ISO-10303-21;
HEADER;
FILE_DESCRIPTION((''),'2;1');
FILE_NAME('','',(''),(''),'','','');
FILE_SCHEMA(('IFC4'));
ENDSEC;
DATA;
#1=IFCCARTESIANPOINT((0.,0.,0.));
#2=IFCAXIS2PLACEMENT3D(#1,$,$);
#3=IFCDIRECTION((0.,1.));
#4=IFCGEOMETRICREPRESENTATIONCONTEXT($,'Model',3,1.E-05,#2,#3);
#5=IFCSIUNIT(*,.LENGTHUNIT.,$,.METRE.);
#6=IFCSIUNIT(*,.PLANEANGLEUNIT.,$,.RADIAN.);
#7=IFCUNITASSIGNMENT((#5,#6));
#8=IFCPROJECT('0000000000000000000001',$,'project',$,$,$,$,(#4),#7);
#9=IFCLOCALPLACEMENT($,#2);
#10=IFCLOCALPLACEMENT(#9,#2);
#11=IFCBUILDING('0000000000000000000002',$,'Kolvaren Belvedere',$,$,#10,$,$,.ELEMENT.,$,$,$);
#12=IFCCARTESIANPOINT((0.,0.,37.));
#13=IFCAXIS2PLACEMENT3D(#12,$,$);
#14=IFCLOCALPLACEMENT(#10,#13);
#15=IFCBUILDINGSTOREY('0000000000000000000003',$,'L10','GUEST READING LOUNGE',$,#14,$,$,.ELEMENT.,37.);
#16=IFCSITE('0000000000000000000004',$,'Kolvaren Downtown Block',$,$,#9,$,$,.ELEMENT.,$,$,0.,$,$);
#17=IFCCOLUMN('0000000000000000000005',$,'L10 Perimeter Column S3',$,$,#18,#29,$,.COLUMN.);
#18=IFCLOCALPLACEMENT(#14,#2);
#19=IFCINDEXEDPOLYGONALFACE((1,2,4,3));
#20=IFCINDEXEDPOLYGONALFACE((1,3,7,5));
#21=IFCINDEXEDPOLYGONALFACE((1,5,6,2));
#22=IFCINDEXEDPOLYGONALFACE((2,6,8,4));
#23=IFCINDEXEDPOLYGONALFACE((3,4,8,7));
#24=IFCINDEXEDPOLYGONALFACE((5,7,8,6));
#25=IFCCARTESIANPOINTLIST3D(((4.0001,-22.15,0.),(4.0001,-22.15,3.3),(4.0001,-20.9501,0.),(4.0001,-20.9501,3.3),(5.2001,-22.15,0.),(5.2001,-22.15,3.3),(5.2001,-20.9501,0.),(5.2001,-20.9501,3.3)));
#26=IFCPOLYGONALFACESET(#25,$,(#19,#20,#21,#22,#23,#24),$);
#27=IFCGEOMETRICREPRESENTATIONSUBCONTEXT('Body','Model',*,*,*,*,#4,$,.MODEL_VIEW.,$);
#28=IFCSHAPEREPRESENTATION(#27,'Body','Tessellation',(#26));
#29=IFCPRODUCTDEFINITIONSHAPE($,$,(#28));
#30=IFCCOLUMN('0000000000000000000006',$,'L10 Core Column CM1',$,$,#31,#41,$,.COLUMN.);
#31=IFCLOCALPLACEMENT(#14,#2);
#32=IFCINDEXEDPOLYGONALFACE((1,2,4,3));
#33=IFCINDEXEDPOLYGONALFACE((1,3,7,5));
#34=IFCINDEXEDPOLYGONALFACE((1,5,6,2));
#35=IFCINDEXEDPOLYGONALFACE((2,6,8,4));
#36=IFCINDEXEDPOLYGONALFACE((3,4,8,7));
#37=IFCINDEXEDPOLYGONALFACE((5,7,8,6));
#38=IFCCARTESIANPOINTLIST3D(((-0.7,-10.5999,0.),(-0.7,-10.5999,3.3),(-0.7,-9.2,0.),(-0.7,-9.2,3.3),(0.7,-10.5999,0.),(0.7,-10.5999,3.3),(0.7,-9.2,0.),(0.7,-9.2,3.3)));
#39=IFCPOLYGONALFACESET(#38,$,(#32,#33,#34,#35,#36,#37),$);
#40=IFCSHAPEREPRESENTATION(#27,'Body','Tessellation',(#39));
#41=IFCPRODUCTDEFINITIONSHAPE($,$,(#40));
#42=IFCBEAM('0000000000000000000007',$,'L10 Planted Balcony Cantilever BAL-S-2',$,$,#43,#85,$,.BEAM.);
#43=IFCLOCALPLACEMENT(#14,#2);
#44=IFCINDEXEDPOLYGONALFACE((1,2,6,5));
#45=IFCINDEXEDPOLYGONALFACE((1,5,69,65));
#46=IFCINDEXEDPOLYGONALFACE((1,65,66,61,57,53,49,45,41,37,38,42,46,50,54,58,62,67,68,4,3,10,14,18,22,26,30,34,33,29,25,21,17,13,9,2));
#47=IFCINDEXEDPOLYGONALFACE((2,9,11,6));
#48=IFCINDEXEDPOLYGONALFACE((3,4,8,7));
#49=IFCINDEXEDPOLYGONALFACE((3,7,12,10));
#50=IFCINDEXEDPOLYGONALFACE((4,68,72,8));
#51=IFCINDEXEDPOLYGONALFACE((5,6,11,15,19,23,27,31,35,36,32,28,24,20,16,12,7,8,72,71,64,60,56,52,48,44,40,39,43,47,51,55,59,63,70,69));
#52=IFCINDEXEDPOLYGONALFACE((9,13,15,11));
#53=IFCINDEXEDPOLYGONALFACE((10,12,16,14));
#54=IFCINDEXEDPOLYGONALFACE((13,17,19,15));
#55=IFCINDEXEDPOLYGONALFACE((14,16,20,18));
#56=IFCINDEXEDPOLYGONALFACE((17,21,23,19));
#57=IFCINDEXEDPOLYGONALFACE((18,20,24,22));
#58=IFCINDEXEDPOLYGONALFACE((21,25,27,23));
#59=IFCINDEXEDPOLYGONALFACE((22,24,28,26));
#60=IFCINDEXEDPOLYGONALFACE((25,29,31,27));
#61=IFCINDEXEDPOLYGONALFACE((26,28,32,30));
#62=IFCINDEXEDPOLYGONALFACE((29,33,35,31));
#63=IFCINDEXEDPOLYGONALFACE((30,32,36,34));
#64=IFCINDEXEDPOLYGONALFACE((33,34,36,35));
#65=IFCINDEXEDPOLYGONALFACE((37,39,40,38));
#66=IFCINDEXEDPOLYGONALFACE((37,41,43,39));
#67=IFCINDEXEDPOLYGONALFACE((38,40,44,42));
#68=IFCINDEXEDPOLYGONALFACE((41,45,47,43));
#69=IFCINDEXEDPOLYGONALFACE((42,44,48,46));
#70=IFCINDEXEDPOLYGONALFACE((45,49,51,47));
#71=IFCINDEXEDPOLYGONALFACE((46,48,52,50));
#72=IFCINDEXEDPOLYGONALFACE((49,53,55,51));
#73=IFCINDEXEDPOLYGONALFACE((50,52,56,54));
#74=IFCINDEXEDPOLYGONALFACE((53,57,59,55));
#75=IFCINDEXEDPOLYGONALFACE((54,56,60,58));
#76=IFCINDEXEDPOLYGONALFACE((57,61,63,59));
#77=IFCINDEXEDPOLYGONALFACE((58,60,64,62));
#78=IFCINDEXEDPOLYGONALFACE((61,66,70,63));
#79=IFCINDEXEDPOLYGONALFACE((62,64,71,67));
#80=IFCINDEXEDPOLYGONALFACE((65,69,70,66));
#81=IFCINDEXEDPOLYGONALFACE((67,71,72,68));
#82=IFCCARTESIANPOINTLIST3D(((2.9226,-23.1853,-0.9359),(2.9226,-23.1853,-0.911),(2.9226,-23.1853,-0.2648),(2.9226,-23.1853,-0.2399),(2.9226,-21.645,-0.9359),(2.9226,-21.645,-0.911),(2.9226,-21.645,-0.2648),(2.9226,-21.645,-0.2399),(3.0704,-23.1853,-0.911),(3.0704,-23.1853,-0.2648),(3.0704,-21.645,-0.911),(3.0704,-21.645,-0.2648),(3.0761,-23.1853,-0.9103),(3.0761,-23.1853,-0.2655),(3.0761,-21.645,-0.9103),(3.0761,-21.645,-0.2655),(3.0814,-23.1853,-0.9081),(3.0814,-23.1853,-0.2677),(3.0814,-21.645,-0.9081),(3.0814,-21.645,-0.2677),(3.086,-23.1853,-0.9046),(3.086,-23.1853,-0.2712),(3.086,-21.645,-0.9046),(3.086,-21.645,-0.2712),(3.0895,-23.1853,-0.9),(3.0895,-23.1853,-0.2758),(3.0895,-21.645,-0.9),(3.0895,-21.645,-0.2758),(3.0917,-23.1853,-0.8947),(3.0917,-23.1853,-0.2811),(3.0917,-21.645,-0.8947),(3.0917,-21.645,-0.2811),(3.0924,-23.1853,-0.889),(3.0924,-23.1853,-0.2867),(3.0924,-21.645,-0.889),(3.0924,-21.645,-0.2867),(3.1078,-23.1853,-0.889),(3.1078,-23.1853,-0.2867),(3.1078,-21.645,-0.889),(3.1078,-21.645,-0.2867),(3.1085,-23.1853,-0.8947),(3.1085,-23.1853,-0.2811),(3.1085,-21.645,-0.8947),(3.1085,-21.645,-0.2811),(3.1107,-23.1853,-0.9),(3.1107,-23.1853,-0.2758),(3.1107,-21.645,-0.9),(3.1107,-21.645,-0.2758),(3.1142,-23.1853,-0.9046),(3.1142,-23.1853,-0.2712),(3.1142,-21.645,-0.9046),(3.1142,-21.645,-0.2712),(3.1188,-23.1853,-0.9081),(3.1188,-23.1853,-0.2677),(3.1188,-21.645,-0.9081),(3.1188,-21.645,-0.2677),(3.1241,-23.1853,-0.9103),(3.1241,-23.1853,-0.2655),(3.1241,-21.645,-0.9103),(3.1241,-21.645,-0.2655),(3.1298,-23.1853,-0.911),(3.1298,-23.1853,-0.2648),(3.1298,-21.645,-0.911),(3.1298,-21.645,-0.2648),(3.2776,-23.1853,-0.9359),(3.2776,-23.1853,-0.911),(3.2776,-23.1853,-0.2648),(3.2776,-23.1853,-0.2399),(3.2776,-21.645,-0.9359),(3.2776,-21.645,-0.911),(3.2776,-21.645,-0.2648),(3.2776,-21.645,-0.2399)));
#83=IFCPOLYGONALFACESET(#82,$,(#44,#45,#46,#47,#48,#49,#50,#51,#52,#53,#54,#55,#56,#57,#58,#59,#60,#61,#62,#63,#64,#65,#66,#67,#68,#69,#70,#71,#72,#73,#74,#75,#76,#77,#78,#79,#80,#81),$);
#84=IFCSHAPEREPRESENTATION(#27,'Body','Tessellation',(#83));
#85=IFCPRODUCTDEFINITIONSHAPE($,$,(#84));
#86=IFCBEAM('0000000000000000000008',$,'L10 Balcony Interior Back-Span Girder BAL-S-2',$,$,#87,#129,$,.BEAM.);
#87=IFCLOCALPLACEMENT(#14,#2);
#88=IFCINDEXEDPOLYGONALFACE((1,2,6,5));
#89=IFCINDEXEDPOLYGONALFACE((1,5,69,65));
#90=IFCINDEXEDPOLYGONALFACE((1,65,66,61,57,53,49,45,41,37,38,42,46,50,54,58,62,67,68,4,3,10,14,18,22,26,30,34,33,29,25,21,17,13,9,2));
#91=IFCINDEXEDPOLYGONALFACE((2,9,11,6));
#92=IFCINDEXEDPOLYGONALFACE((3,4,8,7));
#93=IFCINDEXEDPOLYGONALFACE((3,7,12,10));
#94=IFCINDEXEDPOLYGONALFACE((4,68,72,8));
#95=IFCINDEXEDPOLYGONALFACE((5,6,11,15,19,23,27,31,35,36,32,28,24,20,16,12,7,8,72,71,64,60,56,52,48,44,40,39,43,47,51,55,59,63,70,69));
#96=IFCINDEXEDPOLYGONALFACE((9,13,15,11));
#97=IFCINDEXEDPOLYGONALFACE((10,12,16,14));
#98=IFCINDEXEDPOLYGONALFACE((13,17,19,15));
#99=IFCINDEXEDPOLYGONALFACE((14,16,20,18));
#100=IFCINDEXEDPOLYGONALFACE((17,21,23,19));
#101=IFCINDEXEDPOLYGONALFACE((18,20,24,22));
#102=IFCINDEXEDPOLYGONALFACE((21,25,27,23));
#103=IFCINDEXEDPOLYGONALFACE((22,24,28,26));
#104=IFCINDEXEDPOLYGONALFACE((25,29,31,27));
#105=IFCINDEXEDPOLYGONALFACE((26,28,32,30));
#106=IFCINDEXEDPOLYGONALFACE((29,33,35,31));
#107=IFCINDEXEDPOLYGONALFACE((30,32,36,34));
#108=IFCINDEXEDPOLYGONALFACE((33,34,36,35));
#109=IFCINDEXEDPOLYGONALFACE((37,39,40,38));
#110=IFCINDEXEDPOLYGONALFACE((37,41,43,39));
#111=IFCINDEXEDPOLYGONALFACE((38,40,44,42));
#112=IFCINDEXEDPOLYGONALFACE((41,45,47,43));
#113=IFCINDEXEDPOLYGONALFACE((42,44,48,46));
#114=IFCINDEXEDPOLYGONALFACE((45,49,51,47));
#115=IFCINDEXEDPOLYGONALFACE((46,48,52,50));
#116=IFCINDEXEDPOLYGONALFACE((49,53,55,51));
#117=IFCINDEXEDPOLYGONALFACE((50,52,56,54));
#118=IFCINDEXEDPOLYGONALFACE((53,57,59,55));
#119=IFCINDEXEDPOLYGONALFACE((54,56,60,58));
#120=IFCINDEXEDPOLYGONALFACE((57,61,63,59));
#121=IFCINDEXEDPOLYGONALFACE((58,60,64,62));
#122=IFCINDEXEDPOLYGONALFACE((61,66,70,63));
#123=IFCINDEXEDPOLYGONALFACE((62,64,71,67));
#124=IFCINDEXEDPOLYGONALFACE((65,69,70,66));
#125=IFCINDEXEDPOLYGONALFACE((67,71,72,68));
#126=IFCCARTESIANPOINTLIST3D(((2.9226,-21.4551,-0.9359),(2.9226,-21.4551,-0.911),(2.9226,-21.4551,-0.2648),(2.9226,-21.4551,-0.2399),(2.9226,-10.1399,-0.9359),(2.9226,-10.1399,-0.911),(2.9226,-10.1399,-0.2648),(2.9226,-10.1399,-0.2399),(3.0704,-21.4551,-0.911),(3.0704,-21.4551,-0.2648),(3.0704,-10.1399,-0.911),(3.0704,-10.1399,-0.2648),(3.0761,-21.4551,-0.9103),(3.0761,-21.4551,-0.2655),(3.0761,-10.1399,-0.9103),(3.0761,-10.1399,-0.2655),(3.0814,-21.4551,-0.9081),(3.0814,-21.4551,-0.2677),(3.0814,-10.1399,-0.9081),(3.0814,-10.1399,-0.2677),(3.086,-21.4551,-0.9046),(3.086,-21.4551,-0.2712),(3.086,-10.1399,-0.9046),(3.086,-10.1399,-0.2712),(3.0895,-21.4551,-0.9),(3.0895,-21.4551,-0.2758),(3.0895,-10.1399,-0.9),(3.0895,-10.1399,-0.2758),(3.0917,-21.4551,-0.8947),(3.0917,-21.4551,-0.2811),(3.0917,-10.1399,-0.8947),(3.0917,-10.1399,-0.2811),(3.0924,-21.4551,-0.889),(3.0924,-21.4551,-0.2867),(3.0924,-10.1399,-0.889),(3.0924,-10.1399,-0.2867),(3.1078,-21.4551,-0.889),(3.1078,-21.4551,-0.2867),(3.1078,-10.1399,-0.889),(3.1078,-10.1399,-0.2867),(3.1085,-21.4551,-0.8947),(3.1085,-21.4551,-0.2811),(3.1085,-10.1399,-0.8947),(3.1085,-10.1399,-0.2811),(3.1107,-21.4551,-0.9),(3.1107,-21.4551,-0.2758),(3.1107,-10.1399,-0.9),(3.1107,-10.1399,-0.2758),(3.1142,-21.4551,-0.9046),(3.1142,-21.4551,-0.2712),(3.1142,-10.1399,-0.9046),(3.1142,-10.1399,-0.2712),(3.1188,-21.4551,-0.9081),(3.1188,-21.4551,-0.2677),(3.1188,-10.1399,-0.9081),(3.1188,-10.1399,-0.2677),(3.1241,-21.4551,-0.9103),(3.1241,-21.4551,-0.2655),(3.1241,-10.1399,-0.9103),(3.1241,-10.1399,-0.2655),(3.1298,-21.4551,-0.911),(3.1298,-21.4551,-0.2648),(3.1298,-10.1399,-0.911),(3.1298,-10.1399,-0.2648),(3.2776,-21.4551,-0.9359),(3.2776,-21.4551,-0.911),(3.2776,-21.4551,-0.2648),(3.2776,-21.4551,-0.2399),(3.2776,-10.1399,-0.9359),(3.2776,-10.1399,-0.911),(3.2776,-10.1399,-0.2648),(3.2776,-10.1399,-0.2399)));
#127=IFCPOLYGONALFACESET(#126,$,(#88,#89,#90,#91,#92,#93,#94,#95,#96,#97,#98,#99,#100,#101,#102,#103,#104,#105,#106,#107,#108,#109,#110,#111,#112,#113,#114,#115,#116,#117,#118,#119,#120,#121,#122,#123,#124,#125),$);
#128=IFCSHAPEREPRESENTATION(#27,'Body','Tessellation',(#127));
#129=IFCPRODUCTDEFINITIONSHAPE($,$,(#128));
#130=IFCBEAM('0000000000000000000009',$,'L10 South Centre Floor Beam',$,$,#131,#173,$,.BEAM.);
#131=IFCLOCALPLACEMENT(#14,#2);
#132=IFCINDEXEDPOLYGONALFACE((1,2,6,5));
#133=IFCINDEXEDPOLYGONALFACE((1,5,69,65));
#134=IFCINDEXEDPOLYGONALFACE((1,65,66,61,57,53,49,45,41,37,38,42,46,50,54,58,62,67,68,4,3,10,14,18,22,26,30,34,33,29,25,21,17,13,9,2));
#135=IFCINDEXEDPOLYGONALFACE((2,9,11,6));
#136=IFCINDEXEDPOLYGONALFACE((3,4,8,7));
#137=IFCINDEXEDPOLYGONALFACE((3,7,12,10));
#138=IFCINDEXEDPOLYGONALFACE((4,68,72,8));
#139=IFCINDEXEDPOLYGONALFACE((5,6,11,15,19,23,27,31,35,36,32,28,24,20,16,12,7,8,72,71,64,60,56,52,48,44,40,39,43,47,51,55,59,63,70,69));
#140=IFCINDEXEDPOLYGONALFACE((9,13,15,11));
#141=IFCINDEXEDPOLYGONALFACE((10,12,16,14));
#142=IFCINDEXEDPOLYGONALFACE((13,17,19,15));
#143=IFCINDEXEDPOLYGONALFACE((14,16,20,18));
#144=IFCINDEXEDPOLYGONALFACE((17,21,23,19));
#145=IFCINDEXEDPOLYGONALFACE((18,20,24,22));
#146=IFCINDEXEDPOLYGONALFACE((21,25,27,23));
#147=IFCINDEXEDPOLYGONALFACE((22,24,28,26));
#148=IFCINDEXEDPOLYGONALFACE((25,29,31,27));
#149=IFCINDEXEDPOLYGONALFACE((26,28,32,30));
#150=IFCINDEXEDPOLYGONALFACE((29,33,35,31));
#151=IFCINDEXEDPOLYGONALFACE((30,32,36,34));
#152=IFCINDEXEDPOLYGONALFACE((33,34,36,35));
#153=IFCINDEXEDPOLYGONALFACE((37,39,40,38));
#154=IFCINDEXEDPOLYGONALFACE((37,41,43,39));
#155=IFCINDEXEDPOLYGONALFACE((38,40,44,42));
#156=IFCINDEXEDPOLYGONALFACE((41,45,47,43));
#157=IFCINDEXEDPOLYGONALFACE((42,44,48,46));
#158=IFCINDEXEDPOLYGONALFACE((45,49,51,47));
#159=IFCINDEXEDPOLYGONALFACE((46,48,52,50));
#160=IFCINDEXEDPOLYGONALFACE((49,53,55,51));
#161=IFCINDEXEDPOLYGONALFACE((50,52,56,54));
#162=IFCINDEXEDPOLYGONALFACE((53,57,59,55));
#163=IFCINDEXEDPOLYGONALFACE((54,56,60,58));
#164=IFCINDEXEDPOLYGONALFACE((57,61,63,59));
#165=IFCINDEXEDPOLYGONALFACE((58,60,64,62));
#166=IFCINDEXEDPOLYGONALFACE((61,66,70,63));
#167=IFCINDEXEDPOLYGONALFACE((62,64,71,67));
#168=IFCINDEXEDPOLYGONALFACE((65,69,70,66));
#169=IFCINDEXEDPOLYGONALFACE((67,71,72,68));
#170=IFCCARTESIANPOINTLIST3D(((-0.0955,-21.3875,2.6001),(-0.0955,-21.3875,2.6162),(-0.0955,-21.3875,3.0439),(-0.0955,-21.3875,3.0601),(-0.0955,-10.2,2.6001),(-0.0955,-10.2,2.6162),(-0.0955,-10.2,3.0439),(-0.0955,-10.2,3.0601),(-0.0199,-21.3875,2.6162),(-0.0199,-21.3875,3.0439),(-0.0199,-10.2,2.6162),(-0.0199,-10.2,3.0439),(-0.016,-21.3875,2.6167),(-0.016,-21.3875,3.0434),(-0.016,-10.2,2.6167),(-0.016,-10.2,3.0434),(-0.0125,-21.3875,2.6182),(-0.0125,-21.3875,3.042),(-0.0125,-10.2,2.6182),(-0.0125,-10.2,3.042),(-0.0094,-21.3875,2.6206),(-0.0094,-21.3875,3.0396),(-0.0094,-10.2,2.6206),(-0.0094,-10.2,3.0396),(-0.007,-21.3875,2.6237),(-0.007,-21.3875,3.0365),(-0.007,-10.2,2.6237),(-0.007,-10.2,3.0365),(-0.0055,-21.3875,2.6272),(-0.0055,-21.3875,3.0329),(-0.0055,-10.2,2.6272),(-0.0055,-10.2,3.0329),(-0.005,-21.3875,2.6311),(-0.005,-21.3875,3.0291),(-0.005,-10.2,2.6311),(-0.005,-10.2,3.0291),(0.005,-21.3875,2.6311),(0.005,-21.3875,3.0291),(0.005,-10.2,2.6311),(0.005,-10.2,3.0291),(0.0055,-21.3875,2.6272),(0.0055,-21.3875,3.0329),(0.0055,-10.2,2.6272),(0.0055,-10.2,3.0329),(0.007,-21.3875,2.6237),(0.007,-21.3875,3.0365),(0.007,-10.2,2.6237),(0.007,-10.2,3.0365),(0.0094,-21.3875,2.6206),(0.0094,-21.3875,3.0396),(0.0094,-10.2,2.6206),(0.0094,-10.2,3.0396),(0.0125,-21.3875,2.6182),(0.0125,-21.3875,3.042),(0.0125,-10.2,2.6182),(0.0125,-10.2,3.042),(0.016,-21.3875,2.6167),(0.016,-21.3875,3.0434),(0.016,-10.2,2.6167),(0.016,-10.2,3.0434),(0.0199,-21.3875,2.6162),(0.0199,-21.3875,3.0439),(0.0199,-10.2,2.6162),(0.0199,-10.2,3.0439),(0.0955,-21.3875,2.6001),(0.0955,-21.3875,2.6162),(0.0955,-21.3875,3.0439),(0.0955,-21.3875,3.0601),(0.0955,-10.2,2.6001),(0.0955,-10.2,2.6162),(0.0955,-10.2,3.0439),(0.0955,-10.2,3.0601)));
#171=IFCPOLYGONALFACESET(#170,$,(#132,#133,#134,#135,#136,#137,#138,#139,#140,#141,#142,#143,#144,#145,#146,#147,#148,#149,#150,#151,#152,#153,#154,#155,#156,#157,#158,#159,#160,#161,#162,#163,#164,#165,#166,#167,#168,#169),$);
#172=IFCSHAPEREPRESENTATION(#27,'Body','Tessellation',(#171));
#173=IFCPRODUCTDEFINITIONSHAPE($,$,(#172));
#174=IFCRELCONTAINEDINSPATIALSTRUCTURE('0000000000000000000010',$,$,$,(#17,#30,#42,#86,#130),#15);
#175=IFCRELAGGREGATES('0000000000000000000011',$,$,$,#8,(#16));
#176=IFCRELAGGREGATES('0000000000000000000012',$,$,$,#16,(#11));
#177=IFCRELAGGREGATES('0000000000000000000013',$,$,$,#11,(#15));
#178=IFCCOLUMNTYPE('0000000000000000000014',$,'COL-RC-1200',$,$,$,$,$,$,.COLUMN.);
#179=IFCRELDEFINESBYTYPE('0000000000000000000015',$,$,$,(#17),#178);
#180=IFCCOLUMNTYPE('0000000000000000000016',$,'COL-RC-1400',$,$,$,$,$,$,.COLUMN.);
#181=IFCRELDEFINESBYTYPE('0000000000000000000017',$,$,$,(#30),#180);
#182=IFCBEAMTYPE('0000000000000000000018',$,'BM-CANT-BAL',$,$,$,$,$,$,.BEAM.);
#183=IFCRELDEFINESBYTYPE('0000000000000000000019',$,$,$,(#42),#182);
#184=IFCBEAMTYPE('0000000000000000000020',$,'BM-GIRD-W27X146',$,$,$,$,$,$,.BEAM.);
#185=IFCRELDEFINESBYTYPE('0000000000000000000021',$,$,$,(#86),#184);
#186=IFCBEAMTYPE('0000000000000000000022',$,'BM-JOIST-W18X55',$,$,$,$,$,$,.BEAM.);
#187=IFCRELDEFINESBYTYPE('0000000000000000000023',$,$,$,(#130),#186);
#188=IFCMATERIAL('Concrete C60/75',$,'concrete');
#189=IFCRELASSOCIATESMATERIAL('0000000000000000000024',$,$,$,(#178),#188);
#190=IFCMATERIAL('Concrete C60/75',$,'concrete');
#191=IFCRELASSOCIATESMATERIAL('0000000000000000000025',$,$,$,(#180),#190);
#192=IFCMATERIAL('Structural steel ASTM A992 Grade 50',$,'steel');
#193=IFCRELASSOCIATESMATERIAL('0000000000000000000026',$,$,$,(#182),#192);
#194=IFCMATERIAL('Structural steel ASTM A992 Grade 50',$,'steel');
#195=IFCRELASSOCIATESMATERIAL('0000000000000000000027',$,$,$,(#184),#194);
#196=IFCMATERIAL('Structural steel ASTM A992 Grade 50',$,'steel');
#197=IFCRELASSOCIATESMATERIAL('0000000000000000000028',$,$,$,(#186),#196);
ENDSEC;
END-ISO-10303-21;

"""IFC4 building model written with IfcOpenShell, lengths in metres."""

from ifc_helpers import new_model, si_unit, direction, frame, origin, origin_2d, place, context, subcontext, project, spatial, rectangle, i_section, extrude, material, material_profile, profile_set, type_object, element, save


model = new_model("IFC4")

# Units and contexts
model_context = context("Model", 3, precision=1e-05, world=origin(), true_north=direction((0.0, 1.0)))
body_context = subcontext(model_context, "Body", "Model", "MODEL_VIEW")
ifc_project = project(units=[si_unit("LENGTHUNIT", "METRE"), si_unit("PLANEANGLEUNIT", "RADIAN")], contexts=[model_context])

# Site, building, storey
site_placement = place(None, origin())
site = spatial("IfcSite", under=ifc_project, at=site_placement, Name="Kolvaren Downtown Block", CompositionType="ELEMENT", RefElevation=0.0)
building_placement = place(site_placement, origin())
building = spatial("IfcBuilding", under=site, at=building_placement, Name="Kolvaren Belvedere", CompositionType="ELEMENT")
storey_placement = place(building_placement, frame((0.0, 0.0, 37.0)))
storey = spatial("IfcBuildingStorey", under=building, at=storey_placement, Name="L10", Description="GUEST READING LOUNGE", CompositionType="ELEMENT", Elevation=37.0)

# Columns
ifc_material_1 = material(Name="Concrete C60/75", Category="concrete")
ifc_material_profile_1 = material_profile(ifc_material_1, rectangle(XDim=1.2, YDim=1.2, at=origin_2d()), Name="RC 1200X1200")
ifc_profile_set_1 = profile_set([ifc_material_profile_1], Name="Concrete C60/75")
column_type_1 = type_object("IfcColumnType", Name="COL-RC-1200", PredefinedType="COLUMN", material=ifc_profile_set_1)
column_1_placement = place(storey_placement, frame((4.6001, -21.55, 0.0), z_axis=(0.0, 0.0, 1.0), x_axis=(1.0, 0.0, 0.0)))
element("IfcColumn", 1, at=column_1_placement, inside=storey, type_object=column_type_1, Name="L10 Perimeter Column S3", PredefinedType="COLUMN", context=body_context, shape_type="SweptSolid", body=[
    extrude(rectangle(XDim=1.2, YDim=1.2, at=origin_2d()), origin(), (0.0, 0.0, 1.0), 3.3),
])
ifc_material_2 = material(Name="Concrete C60/75", Category="concrete")
ifc_material_profile_2 = material_profile(ifc_material_2, rectangle(XDim=1.3999, YDim=1.3999, at=origin_2d()), Name="RC 1400X1400")
ifc_profile_set_2 = profile_set([ifc_material_profile_2], Name="Concrete C60/75")
column_type_2 = type_object("IfcColumnType", Name="COL-RC-1400", PredefinedType="COLUMN", material=ifc_profile_set_2)
column_2_placement = place(storey_placement, frame((0.0, -9.8999, 0.0), z_axis=(0.0, 0.0, 1.0), x_axis=(1.0, 0.0, 0.0)))
element("IfcColumn", 2, at=column_2_placement, inside=storey, type_object=column_type_2, Name="L10 Core Column CM1", PredefinedType="COLUMN", context=body_context, shape_type="SweptSolid", body=[
    extrude(rectangle(XDim=1.3999, YDim=1.3999, at=origin_2d()), origin(), (0.0, 0.0, 1.0), 3.3),
])

# Beams
ifc_material_3 = material(Name="Structural steel ASTM A992 Grade 50", Category="steel")
ifc_material_profile_3 = material_profile(ifc_material_3, i_section(OverallWidth=0.355, OverallDepth=0.696, WebThickness=0.0154, FlangeThickness=0.0249, FilletRadius=0.022, at=origin_2d()), Name="W27X146")
ifc_profile_set_3 = profile_set([ifc_material_profile_3], Name="Structural steel ASTM A992 Grade 50")
beam_type_1 = type_object("IfcBeamType", Name="BM-CANT-BAL", PredefinedType="BEAM", material=ifc_profile_set_3)
beam_1_placement = place(storey_placement, frame((3.1001, -21.645, -0.5879), z_axis=(0.0, -1.0, 0.0), x_axis=(1.0, 0.0, 0.0)))
element("IfcBeam", 3, at=beam_1_placement, inside=storey, type_object=beam_type_1, Name="L10 Planted Balcony Cantilever BAL-S-2", PredefinedType="BEAM", context=body_context, shape_type="SweptSolid", body=[
    extrude(i_section(OverallWidth=0.355, OverallDepth=0.696, WebThickness=0.0154, FlangeThickness=0.0249, FilletRadius=0.022, at=origin_2d()), origin(), (0.0, 0.0, 1.0), 1.5403),
])
ifc_material_4 = material(Name="Structural steel ASTM A992 Grade 50", Category="steel")
ifc_material_profile_4 = material_profile(ifc_material_4, i_section(OverallWidth=0.355, OverallDepth=0.696, WebThickness=0.0154, FlangeThickness=0.0249, FilletRadius=0.022, at=origin_2d()), Name="W27X146")
ifc_profile_set_4 = profile_set([ifc_material_profile_4], Name="Structural steel ASTM A992 Grade 50")
beam_type_2 = type_object("IfcBeamType", Name="BM-GIRD-W27X146", PredefinedType="BEAM", material=ifc_profile_set_4)
beam_2_placement = place(storey_placement, frame((3.1001, -10.1399, -0.5879), z_axis=(0.0, -1.0, 0.0), x_axis=(1.0, 0.0, 0.0)))
element("IfcBeam", 4, at=beam_2_placement, inside=storey, type_object=beam_type_2, Name="L10 Balcony Interior Back-Span Girder BAL-S-2", PredefinedType="BEAM", context=body_context, shape_type="SweptSolid", body=[
    extrude(i_section(OverallWidth=0.355, OverallDepth=0.696, WebThickness=0.0154, FlangeThickness=0.0249, FilletRadius=0.022, at=origin_2d()), origin(), (0.0, 0.0, 1.0), 11.3152),
])
ifc_material_5 = material(Name="Structural steel ASTM A992 Grade 50", Category="steel")
ifc_material_profile_5 = material_profile(ifc_material_5, i_section(OverallWidth=0.1909, OverallDepth=0.46, WebThickness=0.01, FlangeThickness=0.0161, FilletRadius=0.0149, at=origin_2d()), Name="W18X55")
ifc_profile_set_5 = profile_set([ifc_material_profile_5], Name="Structural steel ASTM A992 Grade 50")
beam_type_3 = type_object("IfcBeamType", Name="BM-JOIST-W18X55", PredefinedType="BEAM", material=ifc_profile_set_5)
beam_3_placement = place(storey_placement, frame((0.0, -10.2, 2.8301), z_axis=(0.0, -1.0, 0.0), x_axis=(1.0, 0.0, 0.0)))
element("IfcBeam", 5, at=beam_3_placement, inside=storey, type_object=beam_type_3, Name="L10 South Centre Floor Beam", PredefinedType="BEAM", context=body_context, shape_type="SweptSolid", body=[
    extrude(i_section(OverallWidth=0.1909, OverallDepth=0.46, WebThickness=0.01, FlangeThickness=0.0161, FilletRadius=0.0149, at=origin_2d()), origin(), (0.0, 0.0, 1.0), 11.1875),
])

save(model, "model.ifc")
